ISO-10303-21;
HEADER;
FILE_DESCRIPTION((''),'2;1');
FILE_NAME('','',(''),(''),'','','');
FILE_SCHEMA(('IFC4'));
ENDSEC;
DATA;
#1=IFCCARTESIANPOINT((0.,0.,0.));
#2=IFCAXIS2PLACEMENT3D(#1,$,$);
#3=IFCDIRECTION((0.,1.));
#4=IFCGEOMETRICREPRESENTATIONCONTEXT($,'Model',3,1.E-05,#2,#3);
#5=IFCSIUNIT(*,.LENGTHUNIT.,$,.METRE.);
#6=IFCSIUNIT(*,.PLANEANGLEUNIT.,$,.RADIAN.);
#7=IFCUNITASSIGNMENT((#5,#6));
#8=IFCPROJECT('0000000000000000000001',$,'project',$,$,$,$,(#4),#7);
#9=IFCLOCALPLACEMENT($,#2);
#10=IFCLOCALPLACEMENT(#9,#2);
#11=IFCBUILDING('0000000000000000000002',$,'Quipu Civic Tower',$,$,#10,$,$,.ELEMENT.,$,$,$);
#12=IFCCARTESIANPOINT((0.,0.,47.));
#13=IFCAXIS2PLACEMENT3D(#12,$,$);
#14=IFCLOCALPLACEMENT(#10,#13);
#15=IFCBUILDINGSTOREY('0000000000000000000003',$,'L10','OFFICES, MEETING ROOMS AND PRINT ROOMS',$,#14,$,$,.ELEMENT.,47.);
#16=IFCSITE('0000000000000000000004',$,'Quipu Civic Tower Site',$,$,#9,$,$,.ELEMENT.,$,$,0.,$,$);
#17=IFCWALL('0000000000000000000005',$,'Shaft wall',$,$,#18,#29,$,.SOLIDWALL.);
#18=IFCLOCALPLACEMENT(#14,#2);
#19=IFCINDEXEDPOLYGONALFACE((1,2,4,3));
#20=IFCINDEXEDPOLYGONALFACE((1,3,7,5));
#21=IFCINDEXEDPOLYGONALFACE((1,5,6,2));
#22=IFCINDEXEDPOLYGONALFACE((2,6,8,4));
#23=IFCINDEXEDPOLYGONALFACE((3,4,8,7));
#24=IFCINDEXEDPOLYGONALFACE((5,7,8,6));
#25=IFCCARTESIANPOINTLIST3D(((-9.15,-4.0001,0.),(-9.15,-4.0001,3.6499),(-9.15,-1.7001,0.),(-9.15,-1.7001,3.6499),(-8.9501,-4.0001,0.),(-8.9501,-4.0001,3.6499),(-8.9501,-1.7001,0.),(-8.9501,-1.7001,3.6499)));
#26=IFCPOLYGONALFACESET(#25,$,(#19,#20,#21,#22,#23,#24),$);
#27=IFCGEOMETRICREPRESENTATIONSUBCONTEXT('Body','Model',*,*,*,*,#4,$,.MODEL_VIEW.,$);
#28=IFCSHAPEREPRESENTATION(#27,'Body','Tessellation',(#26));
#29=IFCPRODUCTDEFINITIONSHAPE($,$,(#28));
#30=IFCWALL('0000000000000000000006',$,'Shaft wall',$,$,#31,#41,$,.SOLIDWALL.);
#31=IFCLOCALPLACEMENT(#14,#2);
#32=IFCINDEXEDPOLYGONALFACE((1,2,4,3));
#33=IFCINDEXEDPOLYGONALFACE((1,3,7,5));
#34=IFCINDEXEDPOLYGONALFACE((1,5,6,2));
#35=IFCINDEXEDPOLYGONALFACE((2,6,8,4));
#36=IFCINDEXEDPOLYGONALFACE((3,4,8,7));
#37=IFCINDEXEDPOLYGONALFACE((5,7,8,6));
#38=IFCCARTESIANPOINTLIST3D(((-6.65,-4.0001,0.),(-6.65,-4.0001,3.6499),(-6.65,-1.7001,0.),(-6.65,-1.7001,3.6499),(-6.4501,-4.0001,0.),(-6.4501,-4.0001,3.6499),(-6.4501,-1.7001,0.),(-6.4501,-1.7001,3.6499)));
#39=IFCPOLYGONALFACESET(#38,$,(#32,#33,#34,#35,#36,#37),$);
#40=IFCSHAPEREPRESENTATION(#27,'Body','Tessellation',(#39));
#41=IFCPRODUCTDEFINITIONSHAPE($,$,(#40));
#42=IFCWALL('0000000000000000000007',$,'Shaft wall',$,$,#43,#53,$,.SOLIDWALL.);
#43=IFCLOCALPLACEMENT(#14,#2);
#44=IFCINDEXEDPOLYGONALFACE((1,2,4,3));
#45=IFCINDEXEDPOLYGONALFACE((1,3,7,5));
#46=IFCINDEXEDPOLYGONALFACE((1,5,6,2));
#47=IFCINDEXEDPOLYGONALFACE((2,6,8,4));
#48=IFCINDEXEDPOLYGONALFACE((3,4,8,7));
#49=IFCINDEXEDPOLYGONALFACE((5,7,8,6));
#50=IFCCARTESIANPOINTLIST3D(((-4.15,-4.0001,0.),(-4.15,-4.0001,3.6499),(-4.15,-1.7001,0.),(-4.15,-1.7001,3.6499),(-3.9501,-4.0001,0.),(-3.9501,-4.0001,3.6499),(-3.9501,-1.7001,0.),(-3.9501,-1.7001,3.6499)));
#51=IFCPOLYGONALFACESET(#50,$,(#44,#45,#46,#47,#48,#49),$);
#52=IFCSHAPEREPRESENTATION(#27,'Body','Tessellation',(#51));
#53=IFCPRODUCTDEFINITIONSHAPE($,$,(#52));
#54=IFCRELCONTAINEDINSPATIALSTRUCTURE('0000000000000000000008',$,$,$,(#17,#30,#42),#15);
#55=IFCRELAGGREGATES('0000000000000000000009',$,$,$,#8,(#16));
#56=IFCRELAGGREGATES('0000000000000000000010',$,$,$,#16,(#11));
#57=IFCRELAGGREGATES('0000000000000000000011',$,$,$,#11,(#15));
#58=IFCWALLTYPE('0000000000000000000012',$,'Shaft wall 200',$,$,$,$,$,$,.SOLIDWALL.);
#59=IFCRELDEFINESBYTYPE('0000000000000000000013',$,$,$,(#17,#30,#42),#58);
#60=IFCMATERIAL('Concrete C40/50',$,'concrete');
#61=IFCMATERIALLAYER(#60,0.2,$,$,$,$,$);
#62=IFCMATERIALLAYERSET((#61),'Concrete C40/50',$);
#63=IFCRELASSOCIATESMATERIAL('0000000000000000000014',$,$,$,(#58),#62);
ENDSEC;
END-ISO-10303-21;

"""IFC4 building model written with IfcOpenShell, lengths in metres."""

from ifc_helpers import new_model, si_unit, direction, frame, frame_2d, origin, place, context, subcontext, project, spatial, rectangle, extrude, material, layer, layer_set, type_object, element, save


model = new_model("IFC4")

# Units and contexts
model_context = context("Model", 3, precision=1e-05, world=origin(), true_north=direction((0.0, 1.0)))
body_context = subcontext(model_context, "Body", "Model", "MODEL_VIEW")
ifc_project = project(units=[si_unit("LENGTHUNIT", "METRE"), si_unit("PLANEANGLEUNIT", "RADIAN")], contexts=[model_context])

# Site, building, storey
site_placement = place(None, origin())
site = spatial("IfcSite", under=ifc_project, at=site_placement, Name="Quipu Civic Tower Site", CompositionType="ELEMENT", RefElevation=0.0)
building_placement = place(site_placement, origin())
building = spatial("IfcBuilding", under=site, at=building_placement, Name="Quipu Civic Tower", CompositionType="ELEMENT")
storey_placement = place(building_placement, frame((0.0, 0.0, 47.0)))
storey = spatial("IfcBuildingStorey", under=building, at=storey_placement, Name="L10", Description="OFFICES, MEETING ROOMS AND PRINT ROOMS", CompositionType="ELEMENT", Elevation=47.0)

# Walls
ifc_material_1 = material(Name="Concrete C40/50", Category="concrete")
ifc_layer_1 = layer(ifc_material_1, 0.2)
ifc_layer_set_1 = layer_set([ifc_layer_1], Name="Concrete C40/50")
wall_type_1 = type_object("IfcWallType", Name="Shaft wall 200", PredefinedType="SOLIDWALL", material=ifc_layer_set_1)
for number, where, z_axis, x_axis, name in (
    (1, (-9.05, -4.0, 0.0), (0.0, 0.0, 1.0), (0.0, 1.0, 0.0), "Shaft wall"),
    (2, (-6.55, -4.0, 0.0), (0.0, 0.0, 1.0), (0.0, 1.0, 0.0), "Shaft wall"),
    (3, (-4.05, -4.0, 0.0), (0.0, 0.0, 1.0), (0.0, 1.0, 0.0), "Shaft wall"),
):
    element("IfcWall", number, at=place(storey_placement, frame(where, z_axis=z_axis, x_axis=x_axis)), inside=storey, type_object=wall_type_1, Name=name, PredefinedType="SOLIDWALL", context=body_context, shape_type="SweptSolid", body=[
        extrude(rectangle(XDim=2.3, YDim=0.2, at=frame_2d((1.1499, 0.0))), origin(), (0.0, 0.0, 1.0), 3.6499),
    ])

save(model, "model.ifc")
